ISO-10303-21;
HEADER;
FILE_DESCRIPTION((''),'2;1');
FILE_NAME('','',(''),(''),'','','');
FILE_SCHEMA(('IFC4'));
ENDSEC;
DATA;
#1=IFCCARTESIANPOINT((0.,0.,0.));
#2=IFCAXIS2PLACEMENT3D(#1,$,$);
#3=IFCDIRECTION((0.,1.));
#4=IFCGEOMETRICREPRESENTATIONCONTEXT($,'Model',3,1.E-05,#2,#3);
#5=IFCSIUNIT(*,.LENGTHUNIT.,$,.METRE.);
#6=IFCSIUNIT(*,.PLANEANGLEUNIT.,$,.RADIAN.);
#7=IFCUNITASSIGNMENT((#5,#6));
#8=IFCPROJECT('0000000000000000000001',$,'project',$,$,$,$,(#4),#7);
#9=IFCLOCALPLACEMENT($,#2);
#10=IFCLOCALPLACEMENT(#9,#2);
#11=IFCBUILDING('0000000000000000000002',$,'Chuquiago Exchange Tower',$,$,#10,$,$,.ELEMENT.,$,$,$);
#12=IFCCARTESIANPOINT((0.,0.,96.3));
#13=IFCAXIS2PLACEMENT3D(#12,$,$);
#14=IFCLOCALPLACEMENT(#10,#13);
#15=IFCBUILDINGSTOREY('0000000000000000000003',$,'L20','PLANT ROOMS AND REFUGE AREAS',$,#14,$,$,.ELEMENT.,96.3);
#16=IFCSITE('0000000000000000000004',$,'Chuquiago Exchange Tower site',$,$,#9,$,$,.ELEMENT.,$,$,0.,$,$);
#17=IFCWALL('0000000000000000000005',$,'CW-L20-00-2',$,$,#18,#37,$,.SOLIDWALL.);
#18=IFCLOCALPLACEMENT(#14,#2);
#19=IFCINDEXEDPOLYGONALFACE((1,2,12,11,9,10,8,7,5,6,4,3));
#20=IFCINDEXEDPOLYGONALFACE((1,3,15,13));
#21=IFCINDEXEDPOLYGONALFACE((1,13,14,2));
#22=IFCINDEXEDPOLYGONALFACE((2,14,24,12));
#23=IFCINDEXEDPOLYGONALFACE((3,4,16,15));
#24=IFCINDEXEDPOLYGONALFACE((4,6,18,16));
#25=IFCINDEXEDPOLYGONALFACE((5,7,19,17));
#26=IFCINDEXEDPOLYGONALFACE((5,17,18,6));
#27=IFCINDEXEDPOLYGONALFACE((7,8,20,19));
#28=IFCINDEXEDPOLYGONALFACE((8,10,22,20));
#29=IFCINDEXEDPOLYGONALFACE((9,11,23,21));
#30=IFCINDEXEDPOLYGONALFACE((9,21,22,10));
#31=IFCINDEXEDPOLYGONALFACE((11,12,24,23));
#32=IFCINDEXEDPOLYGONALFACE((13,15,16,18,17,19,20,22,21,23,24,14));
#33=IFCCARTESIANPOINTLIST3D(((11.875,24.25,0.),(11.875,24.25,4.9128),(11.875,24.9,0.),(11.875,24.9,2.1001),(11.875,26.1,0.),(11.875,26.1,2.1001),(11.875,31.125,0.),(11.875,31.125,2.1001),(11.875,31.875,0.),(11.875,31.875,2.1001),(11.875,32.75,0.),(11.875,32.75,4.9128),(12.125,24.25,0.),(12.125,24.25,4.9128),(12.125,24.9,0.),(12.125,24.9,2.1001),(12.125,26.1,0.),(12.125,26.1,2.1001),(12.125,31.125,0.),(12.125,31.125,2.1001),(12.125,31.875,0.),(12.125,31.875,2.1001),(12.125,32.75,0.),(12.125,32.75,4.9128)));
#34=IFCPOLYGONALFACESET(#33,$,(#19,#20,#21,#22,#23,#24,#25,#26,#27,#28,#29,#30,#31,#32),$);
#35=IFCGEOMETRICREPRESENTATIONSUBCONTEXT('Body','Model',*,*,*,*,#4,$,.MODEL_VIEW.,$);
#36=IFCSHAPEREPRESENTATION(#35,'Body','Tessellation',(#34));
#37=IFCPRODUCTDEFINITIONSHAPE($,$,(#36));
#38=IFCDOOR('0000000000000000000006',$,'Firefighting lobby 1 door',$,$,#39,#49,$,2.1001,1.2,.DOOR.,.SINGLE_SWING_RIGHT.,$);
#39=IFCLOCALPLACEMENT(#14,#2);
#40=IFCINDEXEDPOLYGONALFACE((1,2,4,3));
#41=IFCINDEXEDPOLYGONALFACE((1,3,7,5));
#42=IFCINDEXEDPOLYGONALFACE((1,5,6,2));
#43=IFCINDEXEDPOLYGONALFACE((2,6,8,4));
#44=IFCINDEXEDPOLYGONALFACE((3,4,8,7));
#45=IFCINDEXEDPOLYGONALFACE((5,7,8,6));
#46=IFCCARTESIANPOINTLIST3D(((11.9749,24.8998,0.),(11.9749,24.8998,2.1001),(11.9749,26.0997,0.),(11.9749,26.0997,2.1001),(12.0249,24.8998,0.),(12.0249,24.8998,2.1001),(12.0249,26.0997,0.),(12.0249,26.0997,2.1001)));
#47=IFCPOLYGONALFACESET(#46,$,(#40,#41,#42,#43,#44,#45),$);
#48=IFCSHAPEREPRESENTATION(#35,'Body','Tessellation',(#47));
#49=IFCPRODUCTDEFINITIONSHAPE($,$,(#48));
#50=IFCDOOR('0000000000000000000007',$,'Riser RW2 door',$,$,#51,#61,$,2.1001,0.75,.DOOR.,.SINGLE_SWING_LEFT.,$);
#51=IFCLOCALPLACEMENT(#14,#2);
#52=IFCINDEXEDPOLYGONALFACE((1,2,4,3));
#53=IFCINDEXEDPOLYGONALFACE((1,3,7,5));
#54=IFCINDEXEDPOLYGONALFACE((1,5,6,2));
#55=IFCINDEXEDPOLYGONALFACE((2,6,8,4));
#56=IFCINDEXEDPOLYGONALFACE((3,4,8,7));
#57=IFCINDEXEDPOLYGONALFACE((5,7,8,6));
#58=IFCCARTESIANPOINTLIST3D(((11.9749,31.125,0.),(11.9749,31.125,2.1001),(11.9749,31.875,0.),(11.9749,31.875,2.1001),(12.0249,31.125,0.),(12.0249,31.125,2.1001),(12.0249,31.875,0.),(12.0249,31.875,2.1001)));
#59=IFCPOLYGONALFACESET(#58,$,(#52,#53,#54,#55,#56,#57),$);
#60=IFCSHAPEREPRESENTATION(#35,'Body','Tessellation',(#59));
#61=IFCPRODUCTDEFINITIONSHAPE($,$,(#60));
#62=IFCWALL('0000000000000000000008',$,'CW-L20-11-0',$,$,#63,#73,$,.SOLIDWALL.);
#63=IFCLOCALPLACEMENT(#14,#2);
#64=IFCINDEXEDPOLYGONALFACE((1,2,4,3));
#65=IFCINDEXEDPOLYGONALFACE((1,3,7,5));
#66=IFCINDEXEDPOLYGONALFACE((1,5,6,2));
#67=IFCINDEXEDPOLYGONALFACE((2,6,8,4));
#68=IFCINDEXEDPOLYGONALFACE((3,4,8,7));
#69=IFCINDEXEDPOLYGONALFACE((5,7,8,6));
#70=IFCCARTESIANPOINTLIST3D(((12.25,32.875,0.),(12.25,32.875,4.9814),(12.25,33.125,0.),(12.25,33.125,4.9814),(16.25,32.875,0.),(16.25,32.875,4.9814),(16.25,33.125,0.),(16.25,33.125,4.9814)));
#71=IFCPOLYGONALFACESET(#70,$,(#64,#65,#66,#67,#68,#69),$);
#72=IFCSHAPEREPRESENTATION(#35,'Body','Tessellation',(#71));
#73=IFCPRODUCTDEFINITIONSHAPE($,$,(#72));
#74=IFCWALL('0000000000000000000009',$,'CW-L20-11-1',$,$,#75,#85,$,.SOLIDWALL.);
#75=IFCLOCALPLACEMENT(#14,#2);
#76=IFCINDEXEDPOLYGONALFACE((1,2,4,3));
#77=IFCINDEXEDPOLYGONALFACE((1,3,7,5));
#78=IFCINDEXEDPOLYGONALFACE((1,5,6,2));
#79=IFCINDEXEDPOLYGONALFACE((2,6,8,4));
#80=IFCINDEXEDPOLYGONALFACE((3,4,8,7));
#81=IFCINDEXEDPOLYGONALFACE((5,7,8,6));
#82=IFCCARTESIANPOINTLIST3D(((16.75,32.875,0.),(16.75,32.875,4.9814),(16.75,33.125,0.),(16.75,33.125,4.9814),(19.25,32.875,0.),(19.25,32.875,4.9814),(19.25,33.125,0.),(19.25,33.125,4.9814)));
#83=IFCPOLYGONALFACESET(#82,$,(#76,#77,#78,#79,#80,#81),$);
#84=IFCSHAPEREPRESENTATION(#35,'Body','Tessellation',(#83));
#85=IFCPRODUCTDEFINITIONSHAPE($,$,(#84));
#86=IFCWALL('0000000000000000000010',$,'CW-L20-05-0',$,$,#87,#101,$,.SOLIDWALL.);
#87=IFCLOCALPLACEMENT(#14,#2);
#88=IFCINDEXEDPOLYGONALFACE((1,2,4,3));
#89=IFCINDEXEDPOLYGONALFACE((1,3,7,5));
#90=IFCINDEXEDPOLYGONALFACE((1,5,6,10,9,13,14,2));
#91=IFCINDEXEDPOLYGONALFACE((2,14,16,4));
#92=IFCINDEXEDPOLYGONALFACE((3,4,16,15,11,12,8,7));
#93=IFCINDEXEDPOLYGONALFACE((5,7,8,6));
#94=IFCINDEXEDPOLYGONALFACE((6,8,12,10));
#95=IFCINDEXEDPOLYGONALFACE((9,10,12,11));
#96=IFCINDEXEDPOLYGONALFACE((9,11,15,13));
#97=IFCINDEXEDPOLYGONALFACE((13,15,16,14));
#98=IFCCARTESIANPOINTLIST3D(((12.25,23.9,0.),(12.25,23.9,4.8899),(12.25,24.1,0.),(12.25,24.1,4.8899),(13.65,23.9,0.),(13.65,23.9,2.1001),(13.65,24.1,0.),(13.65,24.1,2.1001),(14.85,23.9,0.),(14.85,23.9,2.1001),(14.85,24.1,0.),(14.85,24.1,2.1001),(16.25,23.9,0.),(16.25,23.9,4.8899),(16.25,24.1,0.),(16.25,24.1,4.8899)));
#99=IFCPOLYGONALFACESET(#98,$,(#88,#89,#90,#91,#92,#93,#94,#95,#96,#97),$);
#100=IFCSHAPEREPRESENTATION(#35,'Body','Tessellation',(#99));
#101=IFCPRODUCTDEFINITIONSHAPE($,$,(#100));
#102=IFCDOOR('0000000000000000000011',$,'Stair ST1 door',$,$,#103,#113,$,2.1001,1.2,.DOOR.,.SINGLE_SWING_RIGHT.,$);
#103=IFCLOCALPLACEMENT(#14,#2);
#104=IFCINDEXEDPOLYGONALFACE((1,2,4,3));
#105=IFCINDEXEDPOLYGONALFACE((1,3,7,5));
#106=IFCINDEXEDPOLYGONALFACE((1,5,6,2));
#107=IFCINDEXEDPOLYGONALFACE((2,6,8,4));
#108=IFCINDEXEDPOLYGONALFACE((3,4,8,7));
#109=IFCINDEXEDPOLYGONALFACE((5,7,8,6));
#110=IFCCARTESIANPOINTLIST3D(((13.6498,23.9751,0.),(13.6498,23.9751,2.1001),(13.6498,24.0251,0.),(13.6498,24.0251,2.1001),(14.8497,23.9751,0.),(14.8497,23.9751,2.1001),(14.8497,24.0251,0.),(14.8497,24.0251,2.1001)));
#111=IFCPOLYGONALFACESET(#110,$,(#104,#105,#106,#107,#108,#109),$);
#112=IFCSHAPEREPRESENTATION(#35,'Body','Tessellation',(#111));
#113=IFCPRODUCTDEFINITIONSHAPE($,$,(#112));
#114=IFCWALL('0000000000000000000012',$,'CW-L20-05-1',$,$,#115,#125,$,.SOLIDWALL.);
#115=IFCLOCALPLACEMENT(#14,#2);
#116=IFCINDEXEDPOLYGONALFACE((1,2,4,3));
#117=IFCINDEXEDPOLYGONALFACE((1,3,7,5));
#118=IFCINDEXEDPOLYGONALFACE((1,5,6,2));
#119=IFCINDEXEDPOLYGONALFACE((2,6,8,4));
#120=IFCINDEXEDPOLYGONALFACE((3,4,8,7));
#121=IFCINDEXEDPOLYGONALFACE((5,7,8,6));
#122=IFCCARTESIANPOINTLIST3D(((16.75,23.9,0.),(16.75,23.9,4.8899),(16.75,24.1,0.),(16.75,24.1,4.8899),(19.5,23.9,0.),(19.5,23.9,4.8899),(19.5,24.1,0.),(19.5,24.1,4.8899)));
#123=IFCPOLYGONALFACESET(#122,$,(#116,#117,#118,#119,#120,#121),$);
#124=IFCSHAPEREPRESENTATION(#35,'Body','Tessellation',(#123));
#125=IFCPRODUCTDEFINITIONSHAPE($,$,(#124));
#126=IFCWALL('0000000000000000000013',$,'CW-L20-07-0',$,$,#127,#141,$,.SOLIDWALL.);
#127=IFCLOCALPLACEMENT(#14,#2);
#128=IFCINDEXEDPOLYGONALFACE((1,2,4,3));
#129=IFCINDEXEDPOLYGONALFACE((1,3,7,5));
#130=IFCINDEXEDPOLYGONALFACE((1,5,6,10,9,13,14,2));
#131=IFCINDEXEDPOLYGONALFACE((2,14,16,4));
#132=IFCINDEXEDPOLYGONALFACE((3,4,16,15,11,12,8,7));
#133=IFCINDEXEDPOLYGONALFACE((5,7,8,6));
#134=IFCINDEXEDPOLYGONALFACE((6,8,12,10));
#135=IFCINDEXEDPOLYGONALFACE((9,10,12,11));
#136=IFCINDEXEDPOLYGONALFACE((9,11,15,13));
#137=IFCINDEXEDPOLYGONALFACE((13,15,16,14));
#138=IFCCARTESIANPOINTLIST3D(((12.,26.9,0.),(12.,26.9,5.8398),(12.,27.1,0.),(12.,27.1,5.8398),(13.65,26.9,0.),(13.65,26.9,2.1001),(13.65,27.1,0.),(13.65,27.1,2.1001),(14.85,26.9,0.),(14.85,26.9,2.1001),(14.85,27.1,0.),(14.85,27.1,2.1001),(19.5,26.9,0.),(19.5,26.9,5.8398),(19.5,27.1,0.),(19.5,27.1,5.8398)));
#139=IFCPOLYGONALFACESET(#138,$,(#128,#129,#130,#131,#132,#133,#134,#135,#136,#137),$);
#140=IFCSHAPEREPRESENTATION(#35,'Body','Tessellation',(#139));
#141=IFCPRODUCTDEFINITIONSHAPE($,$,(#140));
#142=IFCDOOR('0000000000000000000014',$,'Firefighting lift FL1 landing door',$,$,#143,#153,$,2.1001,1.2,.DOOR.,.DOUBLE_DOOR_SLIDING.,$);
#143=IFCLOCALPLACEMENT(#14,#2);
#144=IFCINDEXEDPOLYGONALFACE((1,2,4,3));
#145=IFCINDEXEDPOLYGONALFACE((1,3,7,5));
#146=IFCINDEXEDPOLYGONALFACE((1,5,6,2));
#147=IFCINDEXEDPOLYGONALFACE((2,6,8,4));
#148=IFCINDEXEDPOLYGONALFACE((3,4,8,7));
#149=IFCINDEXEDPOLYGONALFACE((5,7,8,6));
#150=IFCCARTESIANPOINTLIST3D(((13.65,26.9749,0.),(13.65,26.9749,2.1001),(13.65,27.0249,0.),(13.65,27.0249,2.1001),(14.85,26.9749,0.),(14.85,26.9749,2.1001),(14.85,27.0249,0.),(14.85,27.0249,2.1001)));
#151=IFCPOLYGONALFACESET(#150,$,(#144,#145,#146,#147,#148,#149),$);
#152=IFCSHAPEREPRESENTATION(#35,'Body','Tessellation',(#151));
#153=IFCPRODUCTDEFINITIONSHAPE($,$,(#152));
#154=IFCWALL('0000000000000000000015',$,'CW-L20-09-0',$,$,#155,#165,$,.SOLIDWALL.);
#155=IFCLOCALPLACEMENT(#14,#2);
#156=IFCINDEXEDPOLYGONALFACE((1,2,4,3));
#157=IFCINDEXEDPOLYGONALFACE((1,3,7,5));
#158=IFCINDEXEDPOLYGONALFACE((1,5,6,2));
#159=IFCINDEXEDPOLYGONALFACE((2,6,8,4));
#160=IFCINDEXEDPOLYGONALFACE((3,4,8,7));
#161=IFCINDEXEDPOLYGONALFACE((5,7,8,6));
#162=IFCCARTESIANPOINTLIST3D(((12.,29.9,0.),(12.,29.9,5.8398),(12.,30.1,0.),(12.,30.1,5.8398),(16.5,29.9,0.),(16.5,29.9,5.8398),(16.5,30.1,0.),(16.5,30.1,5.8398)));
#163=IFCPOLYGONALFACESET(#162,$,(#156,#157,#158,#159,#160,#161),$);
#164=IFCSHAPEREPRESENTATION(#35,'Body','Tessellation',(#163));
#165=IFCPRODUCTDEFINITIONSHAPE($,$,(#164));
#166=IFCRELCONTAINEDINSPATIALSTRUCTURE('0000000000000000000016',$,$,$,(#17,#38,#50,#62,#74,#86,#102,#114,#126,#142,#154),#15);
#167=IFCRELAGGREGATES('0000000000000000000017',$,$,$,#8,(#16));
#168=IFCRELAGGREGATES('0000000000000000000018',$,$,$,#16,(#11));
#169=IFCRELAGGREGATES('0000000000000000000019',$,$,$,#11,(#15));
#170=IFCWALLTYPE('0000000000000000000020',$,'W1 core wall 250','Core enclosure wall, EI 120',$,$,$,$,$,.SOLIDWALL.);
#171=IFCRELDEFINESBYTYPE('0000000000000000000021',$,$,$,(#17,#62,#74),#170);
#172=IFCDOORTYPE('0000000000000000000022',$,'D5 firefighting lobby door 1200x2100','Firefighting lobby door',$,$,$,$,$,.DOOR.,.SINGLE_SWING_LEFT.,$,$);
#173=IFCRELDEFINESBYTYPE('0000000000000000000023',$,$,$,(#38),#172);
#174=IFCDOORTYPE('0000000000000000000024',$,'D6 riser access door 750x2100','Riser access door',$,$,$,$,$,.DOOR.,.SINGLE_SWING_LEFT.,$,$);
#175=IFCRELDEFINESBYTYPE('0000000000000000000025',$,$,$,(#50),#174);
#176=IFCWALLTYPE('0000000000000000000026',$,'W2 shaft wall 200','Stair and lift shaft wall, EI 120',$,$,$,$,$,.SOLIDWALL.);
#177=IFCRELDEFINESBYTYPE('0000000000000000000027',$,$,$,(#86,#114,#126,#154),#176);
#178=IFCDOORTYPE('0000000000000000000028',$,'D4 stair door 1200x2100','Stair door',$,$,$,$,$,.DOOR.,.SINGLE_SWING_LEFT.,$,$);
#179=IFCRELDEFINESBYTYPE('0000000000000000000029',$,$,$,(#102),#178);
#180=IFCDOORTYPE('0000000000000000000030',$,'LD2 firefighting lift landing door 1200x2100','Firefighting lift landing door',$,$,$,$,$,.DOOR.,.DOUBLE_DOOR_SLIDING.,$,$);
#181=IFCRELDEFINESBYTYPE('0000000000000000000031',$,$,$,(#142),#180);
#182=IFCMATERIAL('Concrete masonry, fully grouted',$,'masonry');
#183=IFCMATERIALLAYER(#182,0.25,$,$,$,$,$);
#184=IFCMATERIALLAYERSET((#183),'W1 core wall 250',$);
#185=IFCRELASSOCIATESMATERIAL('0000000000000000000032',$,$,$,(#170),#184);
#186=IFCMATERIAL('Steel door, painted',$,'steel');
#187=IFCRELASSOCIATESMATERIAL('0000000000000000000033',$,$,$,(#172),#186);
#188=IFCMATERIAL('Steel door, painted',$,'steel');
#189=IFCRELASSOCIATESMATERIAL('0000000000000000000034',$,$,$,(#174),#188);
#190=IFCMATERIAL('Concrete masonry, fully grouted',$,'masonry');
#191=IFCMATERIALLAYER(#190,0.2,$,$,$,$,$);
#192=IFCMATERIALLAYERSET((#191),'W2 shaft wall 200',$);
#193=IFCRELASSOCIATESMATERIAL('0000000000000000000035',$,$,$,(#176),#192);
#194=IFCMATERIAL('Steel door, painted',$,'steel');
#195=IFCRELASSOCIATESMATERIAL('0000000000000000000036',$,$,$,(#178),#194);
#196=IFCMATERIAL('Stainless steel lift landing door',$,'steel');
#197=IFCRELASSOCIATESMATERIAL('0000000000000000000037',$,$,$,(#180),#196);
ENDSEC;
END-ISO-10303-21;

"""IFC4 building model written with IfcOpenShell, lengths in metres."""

from ifc_helpers import new_model, si_unit, direction, frame, frame_2d, origin, place, context, subcontext, project, spatial, rectangle, extrude, material, layer, layer_set, type_object, element, fill, save


model = new_model("IFC4")

# Units and contexts
model_context = context("Model", 3, precision=1e-05, world=origin(), true_north=direction((0.0, 1.0)))
body_context = subcontext(model_context, "Body", "Model", "MODEL_VIEW")
ifc_project = project(units=[si_unit("LENGTHUNIT", "METRE"), si_unit("PLANEANGLEUNIT", "RADIAN")], contexts=[model_context])

# Site, building, storey
site_placement = place(None, origin())
site = spatial("IfcSite", under=ifc_project, at=site_placement, Name="Chuquiago Exchange Tower site", CompositionType="ELEMENT", RefElevation=0.0)
building_placement = place(site_placement, origin())
building = spatial("IfcBuilding", under=site, at=building_placement, Name="Chuquiago Exchange Tower", CompositionType="ELEMENT")
storey_placement = place(building_placement, frame((0.0, 0.0, 96.3)))
storey = spatial("IfcBuildingStorey", under=building, at=storey_placement, Name="L20", Description="PLANT ROOMS AND REFUGE AREAS", CompositionType="ELEMENT", Elevation=96.3)

# Wall, openings, doors
ifc_material_1 = material(Name="Concrete masonry, fully grouted", Category="masonry")
ifc_layer_1 = layer(ifc_material_1, 0.25)
ifc_layer_set_1 = layer_set([ifc_layer_1], Name="W1 core wall 250")
wall_type_1 = type_object("IfcWallType", Name="W1 core wall 250", Description="Core enclosure wall, EI 120", PredefinedType="SOLIDWALL", material=ifc_layer_set_1)
wall_1_placement = place(storey_placement, frame((12.0, 24.25, 0.0), z_axis=(0.0, 0.0, 1.0), x_axis=(0.0, 1.0, 0.0)))
wall_1 = element("IfcWall", 1, at=wall_1_placement, inside=storey, type_object=wall_type_1, Name="CW-L20-00-2", PredefinedType="SOLIDWALL", context=body_context, shape_type="SweptSolid", body=[
    extrude(rectangle(XDim=8.5, YDim=0.25, at=frame_2d((4.25, 0.0))), origin(), (0.0, 0.0, 1.0), 4.9128),
])
opening_1_placement = place(wall_1_placement, frame((0.6499, 0.0, 0.0)))
opening_1 = element("IfcOpeningElement", 2, at=opening_1_placement, cuts=wall_1, PredefinedType="OPENING", context=body_context, shape_type="SweptSolid", body=[
    extrude(rectangle(XDim=1.2, YDim=2.1001, at=frame_2d((0.6001, 1.05))), frame((0.0, 0.135, 0.0), z_axis=(0.0, -1.0, 0.0), x_axis=(1.0, 0.0, 0.0)), (0.0, 0.0, 1.0), 0.27),
])
opening_2_placement = place(wall_1_placement, frame((6.875, 0.0, 0.0)))
opening_2 = element("IfcOpeningElement", 3, at=opening_2_placement, cuts=wall_1, PredefinedType="OPENING", context=body_context, shape_type="SweptSolid", body=[
    extrude(rectangle(XDim=0.75, YDim=2.1001, at=frame_2d((0.375, 1.05))), frame((0.0, 0.135, 0.0), z_axis=(0.0, -1.0, 0.0), x_axis=(1.0, 0.0, 0.0)), (0.0, 0.0, 1.0), 0.27),
])
ifc_material_2 = material(Name="Steel door, painted", Category="steel")
door_type_1 = type_object("IfcDoorType", Name="D5 firefighting lobby door 1200x2100", Description="Firefighting lobby door", OperationType="SINGLE_SWING_LEFT", PredefinedType="DOOR", material=ifc_material_2)
door_1_placement = place(opening_1_placement, frame((1.2, 0.0, 0.0), z_axis=(0.0, 0.0, 1.0), x_axis=(-1.0, 0.0, 0.0)))
door_1 = element("IfcDoor", 4, at=door_1_placement, inside=storey, type_object=door_type_1, Name="Firefighting lobby 1 door", OperationType="SINGLE_SWING_RIGHT", OverallHeight=2.1001, OverallWidth=1.2, PredefinedType="DOOR", context=body_context, shape_type="SweptSolid", body=[
    extrude(rectangle(XDim=1.2, YDim=2.1001, at=frame_2d((0.6001, 1.05))), frame((0.0, 0.0249, 0.0), z_axis=(0.0, -1.0, 0.0), x_axis=(1.0, 0.0, 0.0)), (0.0, 0.0, 1.0), 0.05),
])
fill(opening_1, door_1)
ifc_material_3 = material(Name="Steel door, painted", Category="steel")
door_type_2 = type_object("IfcDoorType", Name="D6 riser access door 750x2100", Description="Riser access door", OperationType="SINGLE_SWING_LEFT", PredefinedType="DOOR", material=ifc_material_3)
door_2_placement = place(opening_2_placement, frame((0.75, 0.0, 0.0), z_axis=(0.0, 0.0, 1.0), x_axis=(-1.0, 0.0, 0.0)))
door_2 = element("IfcDoor", 5, at=door_2_placement, inside=storey, type_object=door_type_2, Name="Riser RW2 door", OperationType="SINGLE_SWING_LEFT", OverallHeight=2.1001, OverallWidth=0.75, PredefinedType="DOOR", context=body_context, shape_type="SweptSolid", body=[
    extrude(rectangle(XDim=0.75, YDim=2.1001, at=frame_2d((0.375, 1.05))), frame((0.0, 0.0249, 0.0), z_axis=(0.0, -1.0, 0.0), x_axis=(1.0, 0.0, 0.0)), (0.0, 0.0, 1.0), 0.05),
])
fill(opening_2, door_2)

# Walls
wall_2_placement = place(storey_placement, frame((12.25, 33.0, 0.0), z_axis=(0.0, 0.0, 1.0), x_axis=(1.0, 0.0, 0.0)))
element("IfcWall", 6, at=wall_2_placement, inside=storey, type_object=wall_type_1, Name="CW-L20-11-0", PredefinedType="SOLIDWALL", context=body_context, shape_type="SweptSolid", body=[
    extrude(rectangle(XDim=4.0, YDim=0.25, at=frame_2d((2.0, 0.0))), origin(), (0.0, 0.0, 1.0), 4.9814),
])
wall_3_placement = place(storey_placement, frame((16.75, 33.0, 0.0), z_axis=(0.0, 0.0, 1.0), x_axis=(1.0, 0.0, 0.0)))
element("IfcWall", 7, at=wall_3_placement, inside=storey, type_object=wall_type_1, Name="CW-L20-11-1", PredefinedType="SOLIDWALL", context=body_context, shape_type="SweptSolid", body=[
    extrude(rectangle(XDim=2.5, YDim=0.25, at=frame_2d((1.25, 0.0))), origin(), (0.0, 0.0, 1.0), 4.9814),
])

# Wall, opening, door
ifc_material_4 = material(Name="Concrete masonry, fully grouted", Category="masonry")
ifc_layer_2 = layer(ifc_material_4, 0.2)
ifc_layer_set_2 = layer_set([ifc_layer_2], Name="W2 shaft wall 200")
wall_type_2 = type_object("IfcWallType", Name="W2 shaft wall 200", Description="Stair and lift shaft wall, EI 120", PredefinedType="SOLIDWALL", material=ifc_layer_set_2)
wall_4_placement = place(storey_placement, frame((12.25, 24.0, 0.0), z_axis=(0.0, 0.0, 1.0), x_axis=(1.0, 0.0, 0.0)))
wall_4 = element("IfcWall", 8, at=wall_4_placement, inside=storey, type_object=wall_type_2, Name="CW-L20-05-0", PredefinedType="SOLIDWALL", context=body_context, shape_type="SweptSolid", body=[
    extrude(rectangle(XDim=4.0, YDim=0.2, at=frame_2d((2.0, 0.0))), origin(), (0.0, 0.0, 1.0), 4.8899),
])
opening_3_placement = place(wall_4_placement, frame((1.3999, 0.0, 0.0)))
opening_3 = element("IfcOpeningElement", 9, at=opening_3_placement, cuts=wall_4, PredefinedType="OPENING", context=body_context, shape_type="SweptSolid", body=[
    extrude(rectangle(XDim=1.2, YDim=2.1001, at=frame_2d((0.6001, 1.05))), frame((0.0, 0.1099, 0.0), z_axis=(0.0, -1.0, 0.0), x_axis=(1.0, 0.0, 0.0)), (0.0, 0.0, 1.0), 0.22),
])
ifc_material_5 = material(Name="Steel door, painted", Category="steel")
door_type_3 = type_object("IfcDoorType", Name="D4 stair door 1200x2100", Description="Stair door", OperationType="SINGLE_SWING_LEFT", PredefinedType="DOOR", material=ifc_material_5)
door_3_placement = place(opening_3_placement, frame((1.2, 0.0, 0.0), z_axis=(0.0, 0.0, 1.0), x_axis=(-1.0, 0.0, 0.0)))
door_3 = element("IfcDoor", 10, at=door_3_placement, inside=storey, type_object=door_type_3, Name="Stair ST1 door", OperationType="SINGLE_SWING_RIGHT", OverallHeight=2.1001, OverallWidth=1.2, PredefinedType="DOOR", context=body_context, shape_type="SweptSolid", body=[
    extrude(rectangle(XDim=1.2, YDim=2.1001, at=frame_2d((0.6001, 1.05))), frame((0.0, 0.0249, 0.0), z_axis=(0.0, -1.0, 0.0), x_axis=(1.0, 0.0, 0.0)), (0.0, 0.0, 1.0), 0.05),
])
fill(opening_3, door_3)

# Wall
wall_5_placement = place(storey_placement, frame((16.75, 24.0, 0.0), z_axis=(0.0, 0.0, 1.0), x_axis=(1.0, 0.0, 0.0)))
element("IfcWall", 11, at=wall_5_placement, inside=storey, type_object=wall_type_2, Name="CW-L20-05-1", PredefinedType="SOLIDWALL", context=body_context, shape_type="SweptSolid", body=[
    extrude(rectangle(XDim=2.75, YDim=0.2, at=frame_2d((1.375, 0.0))), origin(), (0.0, 0.0, 1.0), 4.8899),
])

# Wall, opening, door
wall_6_placement = place(storey_placement, frame((12.0, 27.0, 0.0), z_axis=(0.0, 0.0, 1.0), x_axis=(1.0, 0.0, 0.0)))
wall_6 = element("IfcWall", 12, at=wall_6_placement, inside=storey, type_object=wall_type_2, Name="CW-L20-07-0", PredefinedType="SOLIDWALL", context=body_context, shape_type="SweptSolid", body=[
    extrude(rectangle(XDim=7.5, YDim=0.2, at=frame_2d((3.75, 0.0))), origin(), (0.0, 0.0, 1.0), 5.8398),
])
opening_4_placement = place(wall_6_placement, frame((1.6499, 0.0, 0.0)))
opening_4 = element("IfcOpeningElement", 13, at=opening_4_placement, cuts=wall_6, PredefinedType="OPENING", context=body_context, shape_type="SweptSolid", body=[
    extrude(rectangle(XDim=1.2, YDim=2.1001, at=frame_2d((0.6001, 1.05))), frame((0.0, 0.1099, 0.0), z_axis=(0.0, -1.0, 0.0), x_axis=(1.0, 0.0, 0.0)), (0.0, 0.0, 1.0), 0.22),
])
ifc_material_6 = material(Name="Stainless steel lift landing door", Category="steel")
door_type_4 = type_object("IfcDoorType", Name="LD2 firefighting lift landing door 1200x2100", Description="Firefighting lift landing door", OperationType="DOUBLE_DOOR_SLIDING", PredefinedType="DOOR", material=ifc_material_6)
door_4_placement = place(opening_4_placement, origin())
door_4 = element("IfcDoor", 14, at=door_4_placement, inside=storey, type_object=door_type_4, Name="Firefighting lift FL1 landing door", OperationType="DOUBLE_DOOR_SLIDING", OverallHeight=2.1001, OverallWidth=1.2, PredefinedType="DOOR", context=body_context, shape_type="SweptSolid", body=[
    extrude(rectangle(XDim=1.2, YDim=2.1001, at=frame_2d((0.6001, 1.05))), frame((0.0, 0.0249, 0.0), z_axis=(0.0, -1.0, 0.0), x_axis=(1.0, 0.0, 0.0)), (0.0, 0.0, 1.0), 0.05),
])
fill(opening_4, door_4)

# Wall
wall_7_placement = place(storey_placement, frame((12.0, 30.0, 0.0), z_axis=(0.0, 0.0, 1.0), x_axis=(1.0, 0.0, 0.0)))
element("IfcWall", 15, at=wall_7_placement, inside=storey, type_object=wall_type_2, Name="CW-L20-09-0", PredefinedType="SOLIDWALL", context=body_context, shape_type="SweptSolid", body=[
    extrude(rectangle(XDim=4.5, YDim=0.2, at=frame_2d((2.25, 0.0))), origin(), (0.0, 0.0, 1.0), 5.8398),
])

save(model, "model.ifc")
